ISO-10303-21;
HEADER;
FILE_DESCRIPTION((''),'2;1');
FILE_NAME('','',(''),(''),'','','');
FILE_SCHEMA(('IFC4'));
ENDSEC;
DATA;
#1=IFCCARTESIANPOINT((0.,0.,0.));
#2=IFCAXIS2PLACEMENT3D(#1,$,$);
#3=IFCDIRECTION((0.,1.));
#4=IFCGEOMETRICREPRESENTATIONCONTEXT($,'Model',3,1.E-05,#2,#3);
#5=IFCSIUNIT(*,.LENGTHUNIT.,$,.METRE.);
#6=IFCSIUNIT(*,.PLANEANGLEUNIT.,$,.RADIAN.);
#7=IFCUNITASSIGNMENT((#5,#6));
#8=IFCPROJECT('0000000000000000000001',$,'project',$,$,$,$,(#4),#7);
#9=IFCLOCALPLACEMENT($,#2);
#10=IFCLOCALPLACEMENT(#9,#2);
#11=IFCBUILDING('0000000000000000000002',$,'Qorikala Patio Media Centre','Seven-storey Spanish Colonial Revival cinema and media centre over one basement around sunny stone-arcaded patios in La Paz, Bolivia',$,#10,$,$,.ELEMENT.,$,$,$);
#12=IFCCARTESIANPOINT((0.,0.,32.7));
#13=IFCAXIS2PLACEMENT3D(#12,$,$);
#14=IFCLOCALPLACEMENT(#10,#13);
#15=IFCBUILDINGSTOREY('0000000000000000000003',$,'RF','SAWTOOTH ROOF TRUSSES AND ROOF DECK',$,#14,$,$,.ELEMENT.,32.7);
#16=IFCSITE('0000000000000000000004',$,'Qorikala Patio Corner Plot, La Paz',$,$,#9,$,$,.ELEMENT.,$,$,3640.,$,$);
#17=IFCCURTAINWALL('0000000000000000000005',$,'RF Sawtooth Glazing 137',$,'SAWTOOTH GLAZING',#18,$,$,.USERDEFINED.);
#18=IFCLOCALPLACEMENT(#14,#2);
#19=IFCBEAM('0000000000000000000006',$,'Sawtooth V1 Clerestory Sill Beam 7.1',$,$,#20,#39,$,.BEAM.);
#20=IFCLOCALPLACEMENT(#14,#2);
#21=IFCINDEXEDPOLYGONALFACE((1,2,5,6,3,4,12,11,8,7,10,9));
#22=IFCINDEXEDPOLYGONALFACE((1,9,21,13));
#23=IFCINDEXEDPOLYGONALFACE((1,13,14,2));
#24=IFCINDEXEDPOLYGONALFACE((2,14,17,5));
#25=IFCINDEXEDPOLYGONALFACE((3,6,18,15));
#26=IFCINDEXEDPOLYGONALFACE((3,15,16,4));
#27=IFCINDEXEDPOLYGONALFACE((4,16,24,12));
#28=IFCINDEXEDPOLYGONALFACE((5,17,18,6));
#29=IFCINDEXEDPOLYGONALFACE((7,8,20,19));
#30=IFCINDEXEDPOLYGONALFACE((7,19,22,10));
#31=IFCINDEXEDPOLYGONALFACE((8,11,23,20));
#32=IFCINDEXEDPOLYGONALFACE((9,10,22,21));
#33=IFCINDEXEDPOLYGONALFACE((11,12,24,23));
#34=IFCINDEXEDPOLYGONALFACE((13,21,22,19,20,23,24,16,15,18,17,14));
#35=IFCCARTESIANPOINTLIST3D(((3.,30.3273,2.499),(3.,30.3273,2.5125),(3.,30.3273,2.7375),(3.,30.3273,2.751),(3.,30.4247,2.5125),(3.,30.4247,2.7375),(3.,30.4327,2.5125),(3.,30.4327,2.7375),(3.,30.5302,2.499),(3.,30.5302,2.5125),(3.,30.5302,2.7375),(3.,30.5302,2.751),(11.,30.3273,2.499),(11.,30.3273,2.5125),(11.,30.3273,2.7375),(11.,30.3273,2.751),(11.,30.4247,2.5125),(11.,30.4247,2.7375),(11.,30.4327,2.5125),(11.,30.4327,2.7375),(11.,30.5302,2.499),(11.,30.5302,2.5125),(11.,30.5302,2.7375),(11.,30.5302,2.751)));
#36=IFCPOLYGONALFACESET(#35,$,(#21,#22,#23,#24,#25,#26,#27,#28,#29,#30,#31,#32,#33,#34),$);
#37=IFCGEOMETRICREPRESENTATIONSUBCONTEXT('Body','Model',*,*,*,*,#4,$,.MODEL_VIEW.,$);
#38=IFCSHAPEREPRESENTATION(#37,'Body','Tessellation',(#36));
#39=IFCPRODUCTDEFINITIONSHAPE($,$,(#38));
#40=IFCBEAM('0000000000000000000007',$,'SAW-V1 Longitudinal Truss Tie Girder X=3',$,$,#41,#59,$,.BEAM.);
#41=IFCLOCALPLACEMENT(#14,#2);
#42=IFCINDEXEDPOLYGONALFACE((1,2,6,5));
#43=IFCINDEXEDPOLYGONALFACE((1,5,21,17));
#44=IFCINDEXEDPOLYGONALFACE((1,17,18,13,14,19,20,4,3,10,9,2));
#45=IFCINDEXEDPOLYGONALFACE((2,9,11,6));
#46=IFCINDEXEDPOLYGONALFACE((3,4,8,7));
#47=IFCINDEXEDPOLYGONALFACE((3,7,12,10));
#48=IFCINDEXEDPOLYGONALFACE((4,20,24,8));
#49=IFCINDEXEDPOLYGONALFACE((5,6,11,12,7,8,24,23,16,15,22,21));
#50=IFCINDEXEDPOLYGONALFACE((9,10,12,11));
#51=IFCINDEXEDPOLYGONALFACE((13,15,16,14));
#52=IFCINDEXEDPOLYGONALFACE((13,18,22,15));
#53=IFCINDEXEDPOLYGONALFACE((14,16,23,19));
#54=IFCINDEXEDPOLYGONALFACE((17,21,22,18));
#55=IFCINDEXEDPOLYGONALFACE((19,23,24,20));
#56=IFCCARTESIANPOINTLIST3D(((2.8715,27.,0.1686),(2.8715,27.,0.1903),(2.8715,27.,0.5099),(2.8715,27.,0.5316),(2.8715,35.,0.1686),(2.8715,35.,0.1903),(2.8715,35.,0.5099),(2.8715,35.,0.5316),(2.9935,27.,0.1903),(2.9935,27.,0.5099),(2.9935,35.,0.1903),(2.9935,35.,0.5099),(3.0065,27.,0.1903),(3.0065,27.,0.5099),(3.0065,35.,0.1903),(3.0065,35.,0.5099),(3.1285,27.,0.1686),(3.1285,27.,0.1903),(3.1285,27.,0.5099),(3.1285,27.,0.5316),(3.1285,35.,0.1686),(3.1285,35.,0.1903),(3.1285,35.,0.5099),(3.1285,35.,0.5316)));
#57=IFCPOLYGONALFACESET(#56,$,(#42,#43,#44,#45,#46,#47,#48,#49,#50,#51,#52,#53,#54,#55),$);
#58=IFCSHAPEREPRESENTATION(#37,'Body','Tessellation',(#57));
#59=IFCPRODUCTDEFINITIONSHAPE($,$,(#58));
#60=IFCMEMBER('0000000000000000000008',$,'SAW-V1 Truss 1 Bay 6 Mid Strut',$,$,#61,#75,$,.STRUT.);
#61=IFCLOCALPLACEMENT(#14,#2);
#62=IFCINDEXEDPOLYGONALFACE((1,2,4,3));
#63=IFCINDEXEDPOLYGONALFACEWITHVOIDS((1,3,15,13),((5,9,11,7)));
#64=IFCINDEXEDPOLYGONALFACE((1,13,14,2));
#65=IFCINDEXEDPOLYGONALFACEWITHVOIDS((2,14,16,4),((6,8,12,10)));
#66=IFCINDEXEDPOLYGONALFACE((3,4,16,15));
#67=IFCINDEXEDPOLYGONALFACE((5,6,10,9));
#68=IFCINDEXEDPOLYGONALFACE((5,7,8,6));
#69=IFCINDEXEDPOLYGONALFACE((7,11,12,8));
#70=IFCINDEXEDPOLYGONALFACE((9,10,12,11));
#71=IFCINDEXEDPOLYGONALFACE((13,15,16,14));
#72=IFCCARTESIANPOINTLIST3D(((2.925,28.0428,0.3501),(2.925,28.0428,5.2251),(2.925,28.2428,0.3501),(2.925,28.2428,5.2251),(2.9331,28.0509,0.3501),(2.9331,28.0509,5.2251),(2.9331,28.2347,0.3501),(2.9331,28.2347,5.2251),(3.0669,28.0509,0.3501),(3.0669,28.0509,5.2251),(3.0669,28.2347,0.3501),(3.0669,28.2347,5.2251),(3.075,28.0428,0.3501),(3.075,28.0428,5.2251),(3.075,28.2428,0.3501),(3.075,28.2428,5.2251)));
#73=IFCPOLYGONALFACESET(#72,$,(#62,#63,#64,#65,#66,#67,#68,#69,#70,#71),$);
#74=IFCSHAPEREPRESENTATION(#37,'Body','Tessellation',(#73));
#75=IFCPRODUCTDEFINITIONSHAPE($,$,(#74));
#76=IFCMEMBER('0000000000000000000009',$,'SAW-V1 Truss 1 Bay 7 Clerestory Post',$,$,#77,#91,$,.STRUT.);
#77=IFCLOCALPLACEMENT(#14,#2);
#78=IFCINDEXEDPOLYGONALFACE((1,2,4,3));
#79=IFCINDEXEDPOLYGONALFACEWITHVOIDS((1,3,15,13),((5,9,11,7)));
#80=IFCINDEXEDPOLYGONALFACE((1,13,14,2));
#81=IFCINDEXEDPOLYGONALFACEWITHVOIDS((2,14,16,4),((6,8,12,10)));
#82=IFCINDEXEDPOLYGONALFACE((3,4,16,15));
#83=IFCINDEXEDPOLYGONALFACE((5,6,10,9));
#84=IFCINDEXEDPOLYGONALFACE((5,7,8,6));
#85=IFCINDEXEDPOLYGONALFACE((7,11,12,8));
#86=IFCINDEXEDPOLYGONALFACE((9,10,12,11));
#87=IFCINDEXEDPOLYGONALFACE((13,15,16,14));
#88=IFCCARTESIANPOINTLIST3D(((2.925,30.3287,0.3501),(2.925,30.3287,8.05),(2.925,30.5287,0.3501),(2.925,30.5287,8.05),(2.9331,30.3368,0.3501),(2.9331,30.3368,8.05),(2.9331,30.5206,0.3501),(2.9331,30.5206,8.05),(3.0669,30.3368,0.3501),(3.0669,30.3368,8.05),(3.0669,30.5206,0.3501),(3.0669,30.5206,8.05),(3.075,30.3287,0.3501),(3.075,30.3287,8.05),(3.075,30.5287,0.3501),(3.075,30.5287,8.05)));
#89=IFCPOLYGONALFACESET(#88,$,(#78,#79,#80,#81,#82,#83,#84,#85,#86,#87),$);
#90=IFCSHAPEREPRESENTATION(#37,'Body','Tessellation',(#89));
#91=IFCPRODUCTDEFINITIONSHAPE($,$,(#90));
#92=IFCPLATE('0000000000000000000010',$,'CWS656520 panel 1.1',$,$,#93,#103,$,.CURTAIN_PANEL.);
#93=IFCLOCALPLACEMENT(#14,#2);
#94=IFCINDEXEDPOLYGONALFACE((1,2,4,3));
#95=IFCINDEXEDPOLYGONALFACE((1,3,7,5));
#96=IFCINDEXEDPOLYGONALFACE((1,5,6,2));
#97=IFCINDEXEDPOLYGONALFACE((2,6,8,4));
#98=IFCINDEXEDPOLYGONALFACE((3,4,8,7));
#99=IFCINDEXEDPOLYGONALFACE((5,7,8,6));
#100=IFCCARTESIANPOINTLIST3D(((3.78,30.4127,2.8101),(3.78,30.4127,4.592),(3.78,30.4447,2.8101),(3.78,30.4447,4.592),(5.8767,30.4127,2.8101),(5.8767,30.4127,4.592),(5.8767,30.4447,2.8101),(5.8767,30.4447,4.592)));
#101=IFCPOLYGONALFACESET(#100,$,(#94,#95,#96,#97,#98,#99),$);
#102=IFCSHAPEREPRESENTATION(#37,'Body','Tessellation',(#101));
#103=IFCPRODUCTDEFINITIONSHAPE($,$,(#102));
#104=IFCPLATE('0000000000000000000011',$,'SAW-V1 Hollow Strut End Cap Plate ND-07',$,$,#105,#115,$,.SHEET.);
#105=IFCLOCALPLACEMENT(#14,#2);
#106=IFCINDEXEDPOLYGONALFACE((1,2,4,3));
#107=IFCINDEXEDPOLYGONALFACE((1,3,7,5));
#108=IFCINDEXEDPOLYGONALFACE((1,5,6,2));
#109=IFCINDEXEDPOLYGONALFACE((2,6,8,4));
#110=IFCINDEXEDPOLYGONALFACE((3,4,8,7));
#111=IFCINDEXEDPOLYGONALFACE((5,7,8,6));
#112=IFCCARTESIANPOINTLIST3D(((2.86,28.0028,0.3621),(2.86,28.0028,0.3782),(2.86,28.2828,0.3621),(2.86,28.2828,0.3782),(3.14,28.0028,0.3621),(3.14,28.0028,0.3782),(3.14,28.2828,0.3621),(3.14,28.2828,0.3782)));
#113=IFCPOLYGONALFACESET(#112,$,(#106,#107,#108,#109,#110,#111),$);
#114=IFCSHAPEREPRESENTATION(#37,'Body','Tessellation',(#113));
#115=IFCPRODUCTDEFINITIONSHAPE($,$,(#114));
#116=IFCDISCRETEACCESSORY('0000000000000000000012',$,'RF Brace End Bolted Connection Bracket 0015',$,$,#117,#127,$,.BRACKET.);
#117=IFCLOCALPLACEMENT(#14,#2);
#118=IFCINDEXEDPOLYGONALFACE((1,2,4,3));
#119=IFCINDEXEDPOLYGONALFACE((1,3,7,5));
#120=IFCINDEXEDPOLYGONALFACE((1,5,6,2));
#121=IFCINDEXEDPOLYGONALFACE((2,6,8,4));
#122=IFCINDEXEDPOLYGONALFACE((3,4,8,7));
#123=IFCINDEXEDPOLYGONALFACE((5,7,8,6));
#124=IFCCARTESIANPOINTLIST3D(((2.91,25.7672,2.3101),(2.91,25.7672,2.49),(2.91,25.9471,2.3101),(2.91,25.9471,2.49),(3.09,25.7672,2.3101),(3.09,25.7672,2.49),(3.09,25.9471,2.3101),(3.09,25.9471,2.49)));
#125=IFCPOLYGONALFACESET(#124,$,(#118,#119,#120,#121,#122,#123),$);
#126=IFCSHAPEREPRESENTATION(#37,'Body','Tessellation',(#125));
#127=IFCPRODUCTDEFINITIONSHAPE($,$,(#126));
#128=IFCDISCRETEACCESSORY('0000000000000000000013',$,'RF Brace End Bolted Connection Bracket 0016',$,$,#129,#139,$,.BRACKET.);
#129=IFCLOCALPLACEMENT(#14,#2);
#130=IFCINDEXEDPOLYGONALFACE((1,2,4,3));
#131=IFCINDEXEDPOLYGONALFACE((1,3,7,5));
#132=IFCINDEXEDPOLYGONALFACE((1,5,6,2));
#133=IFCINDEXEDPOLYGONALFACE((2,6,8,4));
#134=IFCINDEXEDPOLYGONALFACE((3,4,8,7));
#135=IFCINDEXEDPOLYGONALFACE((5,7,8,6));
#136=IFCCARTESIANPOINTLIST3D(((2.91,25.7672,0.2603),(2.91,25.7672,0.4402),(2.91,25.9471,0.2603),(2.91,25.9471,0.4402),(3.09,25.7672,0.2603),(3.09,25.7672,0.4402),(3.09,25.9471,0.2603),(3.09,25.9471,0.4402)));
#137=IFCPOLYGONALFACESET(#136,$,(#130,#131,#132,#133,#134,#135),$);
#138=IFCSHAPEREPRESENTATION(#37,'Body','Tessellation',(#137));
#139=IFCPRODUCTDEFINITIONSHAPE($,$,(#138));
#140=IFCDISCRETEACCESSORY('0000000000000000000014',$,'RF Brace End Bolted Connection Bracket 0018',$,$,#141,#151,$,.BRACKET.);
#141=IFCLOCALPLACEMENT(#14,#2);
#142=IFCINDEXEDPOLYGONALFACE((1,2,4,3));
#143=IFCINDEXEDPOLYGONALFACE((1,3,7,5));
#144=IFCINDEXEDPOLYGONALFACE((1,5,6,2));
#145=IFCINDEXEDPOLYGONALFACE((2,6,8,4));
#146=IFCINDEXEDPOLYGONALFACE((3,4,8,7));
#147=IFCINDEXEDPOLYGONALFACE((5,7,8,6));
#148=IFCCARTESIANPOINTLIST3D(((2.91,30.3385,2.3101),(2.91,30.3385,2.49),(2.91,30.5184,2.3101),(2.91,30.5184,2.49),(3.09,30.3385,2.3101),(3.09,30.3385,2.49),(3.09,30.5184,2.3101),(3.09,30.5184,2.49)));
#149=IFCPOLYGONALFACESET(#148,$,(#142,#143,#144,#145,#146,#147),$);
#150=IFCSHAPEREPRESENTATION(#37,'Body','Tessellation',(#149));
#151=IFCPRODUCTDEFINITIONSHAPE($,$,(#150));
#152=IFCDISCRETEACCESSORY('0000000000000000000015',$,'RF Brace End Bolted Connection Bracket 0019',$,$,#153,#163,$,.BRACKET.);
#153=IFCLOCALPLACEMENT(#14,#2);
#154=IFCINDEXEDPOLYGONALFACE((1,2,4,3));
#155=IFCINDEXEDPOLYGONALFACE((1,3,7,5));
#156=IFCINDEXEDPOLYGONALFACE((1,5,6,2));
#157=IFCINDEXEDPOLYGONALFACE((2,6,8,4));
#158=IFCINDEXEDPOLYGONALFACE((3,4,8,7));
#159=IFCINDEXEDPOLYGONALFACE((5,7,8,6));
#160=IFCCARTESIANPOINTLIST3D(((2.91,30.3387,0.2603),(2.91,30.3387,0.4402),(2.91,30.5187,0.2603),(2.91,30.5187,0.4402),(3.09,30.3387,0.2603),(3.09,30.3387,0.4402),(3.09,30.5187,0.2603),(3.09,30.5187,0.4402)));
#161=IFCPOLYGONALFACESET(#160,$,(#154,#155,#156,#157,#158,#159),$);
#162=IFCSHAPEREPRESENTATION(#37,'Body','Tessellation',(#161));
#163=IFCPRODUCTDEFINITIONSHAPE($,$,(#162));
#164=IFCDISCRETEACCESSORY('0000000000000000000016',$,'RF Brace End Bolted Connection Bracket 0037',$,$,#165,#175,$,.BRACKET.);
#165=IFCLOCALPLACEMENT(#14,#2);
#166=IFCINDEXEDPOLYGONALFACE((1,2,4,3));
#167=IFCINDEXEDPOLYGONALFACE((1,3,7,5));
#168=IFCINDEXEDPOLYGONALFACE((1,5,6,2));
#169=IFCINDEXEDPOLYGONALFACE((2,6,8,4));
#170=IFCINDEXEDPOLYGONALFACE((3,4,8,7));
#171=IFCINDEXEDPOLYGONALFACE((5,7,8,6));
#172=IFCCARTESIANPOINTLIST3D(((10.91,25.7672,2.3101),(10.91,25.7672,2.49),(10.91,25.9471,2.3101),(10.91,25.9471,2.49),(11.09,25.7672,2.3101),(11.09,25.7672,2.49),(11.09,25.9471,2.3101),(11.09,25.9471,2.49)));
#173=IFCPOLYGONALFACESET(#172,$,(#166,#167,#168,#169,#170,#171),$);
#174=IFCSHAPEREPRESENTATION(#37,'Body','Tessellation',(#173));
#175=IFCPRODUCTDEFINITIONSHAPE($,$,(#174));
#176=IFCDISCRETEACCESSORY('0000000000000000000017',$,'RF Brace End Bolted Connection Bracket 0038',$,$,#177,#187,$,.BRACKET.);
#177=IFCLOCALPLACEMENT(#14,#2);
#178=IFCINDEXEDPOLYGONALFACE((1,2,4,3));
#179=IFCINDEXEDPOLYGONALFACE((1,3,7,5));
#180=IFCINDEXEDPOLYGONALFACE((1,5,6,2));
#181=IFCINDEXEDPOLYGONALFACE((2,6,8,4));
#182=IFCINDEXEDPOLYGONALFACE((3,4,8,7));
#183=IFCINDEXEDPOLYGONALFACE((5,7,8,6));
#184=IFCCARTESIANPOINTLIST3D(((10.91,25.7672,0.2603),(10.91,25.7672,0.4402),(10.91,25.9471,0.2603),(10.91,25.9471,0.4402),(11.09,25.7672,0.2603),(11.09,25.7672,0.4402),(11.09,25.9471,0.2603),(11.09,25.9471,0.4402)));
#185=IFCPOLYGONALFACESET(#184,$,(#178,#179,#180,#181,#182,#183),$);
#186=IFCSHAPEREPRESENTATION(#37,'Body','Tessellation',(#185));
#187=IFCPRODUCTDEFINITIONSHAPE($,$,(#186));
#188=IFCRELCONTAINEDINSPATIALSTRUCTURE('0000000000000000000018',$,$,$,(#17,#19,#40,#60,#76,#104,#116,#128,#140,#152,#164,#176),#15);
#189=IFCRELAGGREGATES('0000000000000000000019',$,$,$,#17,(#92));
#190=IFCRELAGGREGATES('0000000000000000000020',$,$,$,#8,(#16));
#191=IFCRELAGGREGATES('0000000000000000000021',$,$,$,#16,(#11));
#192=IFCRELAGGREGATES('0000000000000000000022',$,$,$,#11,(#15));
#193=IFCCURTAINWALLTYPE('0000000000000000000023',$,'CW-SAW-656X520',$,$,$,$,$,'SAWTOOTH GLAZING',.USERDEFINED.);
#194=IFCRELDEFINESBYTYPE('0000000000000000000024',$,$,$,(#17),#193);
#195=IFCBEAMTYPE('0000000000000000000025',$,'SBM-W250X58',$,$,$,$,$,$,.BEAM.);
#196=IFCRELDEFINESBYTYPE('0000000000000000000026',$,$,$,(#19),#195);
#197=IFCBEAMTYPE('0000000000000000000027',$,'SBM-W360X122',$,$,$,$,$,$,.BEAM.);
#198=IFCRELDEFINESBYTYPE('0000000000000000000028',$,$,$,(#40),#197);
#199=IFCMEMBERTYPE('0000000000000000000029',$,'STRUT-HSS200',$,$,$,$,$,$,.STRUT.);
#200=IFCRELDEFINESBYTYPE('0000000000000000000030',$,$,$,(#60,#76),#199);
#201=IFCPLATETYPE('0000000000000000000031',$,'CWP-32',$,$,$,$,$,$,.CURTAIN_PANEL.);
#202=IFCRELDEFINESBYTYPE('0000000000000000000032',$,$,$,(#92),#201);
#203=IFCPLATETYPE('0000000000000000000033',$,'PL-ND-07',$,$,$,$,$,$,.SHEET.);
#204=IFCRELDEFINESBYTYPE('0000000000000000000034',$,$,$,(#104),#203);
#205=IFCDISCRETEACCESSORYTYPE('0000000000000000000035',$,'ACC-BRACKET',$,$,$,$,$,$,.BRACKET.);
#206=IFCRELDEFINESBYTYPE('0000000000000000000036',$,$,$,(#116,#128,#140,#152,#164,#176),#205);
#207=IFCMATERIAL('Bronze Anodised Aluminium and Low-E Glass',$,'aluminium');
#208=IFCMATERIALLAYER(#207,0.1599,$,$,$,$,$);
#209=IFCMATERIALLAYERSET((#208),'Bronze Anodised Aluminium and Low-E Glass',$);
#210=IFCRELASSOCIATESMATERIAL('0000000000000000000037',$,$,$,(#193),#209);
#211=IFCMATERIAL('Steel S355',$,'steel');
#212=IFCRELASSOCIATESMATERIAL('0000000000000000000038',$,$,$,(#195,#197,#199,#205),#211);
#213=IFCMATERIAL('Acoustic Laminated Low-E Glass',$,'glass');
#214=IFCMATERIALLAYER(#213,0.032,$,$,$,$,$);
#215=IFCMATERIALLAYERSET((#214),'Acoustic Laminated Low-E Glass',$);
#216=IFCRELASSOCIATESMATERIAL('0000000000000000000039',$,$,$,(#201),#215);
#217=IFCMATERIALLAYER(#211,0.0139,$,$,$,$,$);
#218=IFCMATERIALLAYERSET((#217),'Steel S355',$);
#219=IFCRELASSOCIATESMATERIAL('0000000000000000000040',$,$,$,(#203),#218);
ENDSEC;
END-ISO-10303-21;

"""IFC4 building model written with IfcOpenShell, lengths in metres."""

from ifc_helpers import new_model, si_unit, direction, frame, origin, origin_2d, place, context, subcontext, project, spatial, rectangle, hollow_rectangle, i_section, extrude, material, layer, layer_set, material_profile, profile_set, type_object, element, aggregate, save


model = new_model("IFC4")

# Units and contexts
model_context = context("Model", 3, precision=1e-05, world=origin(), true_north=direction((0.0, 1.0)))
body_context = subcontext(model_context, "Body", "Model", "MODEL_VIEW")
ifc_project = project(units=[si_unit("LENGTHUNIT", "METRE"), si_unit("PLANEANGLEUNIT", "RADIAN")], contexts=[model_context])

# Site, building, storey
site_placement = place(None, origin())
site = spatial("IfcSite", under=ifc_project, at=site_placement, Name="Qorikala Patio Corner Plot, La Paz", CompositionType="ELEMENT", RefElevation=3640.0)
building_placement = place(site_placement, origin())
building = spatial("IfcBuilding", under=site, at=building_placement, Name="Qorikala Patio Media Centre", Description="Seven-storey Spanish Colonial Revival cinema and media centre over one basement around sunny stone-arcaded patios in La Paz, Bolivia", CompositionType="ELEMENT")
storey_placement = place(building_placement, frame((0.0, 0.0, 32.7)))
storey = spatial("IfcBuildingStorey", under=building, at=storey_placement, Name="RF", Description="SAWTOOTH ROOF TRUSSES AND ROOF DECK", CompositionType="ELEMENT", Elevation=32.7)

# Shared definitions
ifc_material_1 = material(Name="Steel S355", Category="steel")

# Curtain wall
ifc_material_2 = material(Name="Bronze Anodised Aluminium and Low-E Glass", Category="aluminium")
ifc_layer_1 = layer(ifc_material_2, 0.1599)
ifc_layer_set_1 = layer_set([ifc_layer_1], Name="Bronze Anodised Aluminium and Low-E Glass")
curtain_wall_type = type_object("IfcCurtainWallType", Name="CW-SAW-656X520", ElementType="SAWTOOTH GLAZING", PredefinedType="USERDEFINED", material=ifc_layer_set_1)
curtain_wall_placement = place(storey_placement, origin())
curtain_wall = element("IfcCurtainWall", 1, at=curtain_wall_placement, inside=storey, type_object=curtain_wall_type, Name="RF Sawtooth Glazing 137", ObjectType="SAWTOOTH GLAZING", PredefinedType="USERDEFINED")

# Beams
ifc_material_profile_1 = material_profile(ifc_material_1, i_section(OverallWidth=0.2029, OverallDepth=0.252, WebThickness=0.0081, FlangeThickness=0.0134, at=origin_2d()), Name="W250X58")
ifc_profile_set_1 = profile_set([ifc_material_profile_1], Name="Steel S355")
beam_type_1 = type_object("IfcBeamType", Name="SBM-W250X58", PredefinedType="BEAM", material=ifc_profile_set_1)
beam_1_placement = place(storey_placement, frame((3.0, 30.4287, 2.625), z_axis=(1.0, 0.0, 0.0), x_axis=(0.0, 1.0, 0.0)))
element("IfcBeam", 2, at=beam_1_placement, inside=storey, type_object=beam_type_1, Name="Sawtooth V1 Clerestory Sill Beam 7.1", PredefinedType="BEAM", context=body_context, shape_type="SweptSolid", body=[
    extrude(i_section(OverallWidth=0.2029, OverallDepth=0.252, WebThickness=0.0081, FlangeThickness=0.0134, at=origin_2d()), origin(), (0.0, 0.0, 1.0), 8.0),
])
ifc_material_profile_2 = material_profile(ifc_material_1, i_section(OverallWidth=0.2571, OverallDepth=0.363, WebThickness=0.0129, FlangeThickness=0.0217, at=origin_2d()), Name="W360X122")
ifc_profile_set_2 = profile_set([ifc_material_profile_2], Name="Steel S355")
beam_type_2 = type_object("IfcBeamType", Name="SBM-W360X122", PredefinedType="BEAM", material=ifc_profile_set_2)
beam_2_placement = place(storey_placement, frame((3.0, 27.0, 0.3501), z_axis=(0.0, 1.0, 0.0), x_axis=(-1.0, 0.0, 0.0)))
element("IfcBeam", 3, at=beam_2_placement, inside=storey, type_object=beam_type_2, Name="SAW-V1 Longitudinal Truss Tie Girder X=3", PredefinedType="BEAM", context=body_context, shape_type="SweptSolid", body=[
    extrude(i_section(OverallWidth=0.2571, OverallDepth=0.363, WebThickness=0.0129, FlangeThickness=0.0217, at=origin_2d()), origin(), (0.0, 0.0, 1.0), 8.0),
])

# Members
ifc_material_profile_3 = material_profile(ifc_material_1, hollow_rectangle(XDim=0.1499, YDim=0.2, WallThickness=0.0081, at=origin_2d()), Name="HSS200X150X8")
ifc_profile_set_3 = profile_set([ifc_material_profile_3], Name="Steel S355")
member_type_1 = type_object("IfcMemberType", Name="STRUT-HSS200", PredefinedType="STRUT", material=ifc_profile_set_3)
member_1_placement = place(storey_placement, frame((3.0, 28.1428, 0.3501), z_axis=(0.0, 0.0, 1.0), x_axis=(1.0, 0.0, 0.0)))
element("IfcMember", 4, at=member_1_placement, inside=storey, type_object=member_type_1, Name="SAW-V1 Truss 1 Bay 6 Mid Strut", PredefinedType="STRUT", context=body_context, shape_type="SweptSolid", body=[
    extrude(hollow_rectangle(XDim=0.1499, YDim=0.2, WallThickness=0.0081, at=origin_2d()), origin(), (0.0, 0.0, 1.0), 4.875),
])
member_2_placement = place(storey_placement, frame((3.0, 30.4287, 0.3501), z_axis=(0.0, 0.0, 1.0), x_axis=(1.0, 0.0, 0.0)))
element("IfcMember", 5, at=member_2_placement, inside=storey, type_object=member_type_1, Name="SAW-V1 Truss 1 Bay 7 Clerestory Post", PredefinedType="STRUT", context=body_context, shape_type="SweptSolid", body=[
    extrude(hollow_rectangle(XDim=0.1499, YDim=0.2, WallThickness=0.0081, at=origin_2d()), origin(), (0.0, 0.0, 1.0), 7.7),
])

# Plates
ifc_material_3 = material(Name="Acoustic Laminated Low-E Glass", Category="glass")
ifc_layer_2 = layer(ifc_material_3, 0.032)
ifc_layer_set_2 = layer_set([ifc_layer_2], Name="Acoustic Laminated Low-E Glass")
plate_type_1 = type_object("IfcPlateType", Name="CWP-32", PredefinedType="CURTAIN_PANEL", material=ifc_layer_set_2)
plate_1_placement = place(storey_placement, frame((4.8284, 30.4287, 2.8101), z_axis=(0.0, 0.0, 1.0), x_axis=(1.0, 0.0, 0.0)))
plate_1 = element("IfcPlate", 6, at=plate_1_placement, type_object=plate_type_1, Name="CWS656520 panel 1.1", PredefinedType="CURTAIN_PANEL", context=body_context, shape_type="SweptSolid", body=[
    extrude(rectangle(XDim=2.0967, YDim=0.032, at=origin_2d()), origin(), (0.0, 0.0, 1.0), 1.782),
])
aggregate(curtain_wall, [plate_1])
ifc_layer_3 = layer(ifc_material_1, 0.0139)
ifc_layer_set_3 = layer_set([ifc_layer_3], Name="Steel S355")
plate_type_2 = type_object("IfcPlateType", Name="PL-ND-07", PredefinedType="SHEET", material=ifc_layer_set_3)
plate_2_placement = place(storey_placement, frame((3.0, 28.1428, 0.3621), z_axis=(0.0, 0.0, 1.0), x_axis=(1.0, 0.0, 0.0)))
element("IfcPlate", 7, at=plate_2_placement, inside=storey, type_object=plate_type_2, Name="SAW-V1 Hollow Strut End Cap Plate ND-07", PredefinedType="SHEET", context=body_context, shape_type="SweptSolid", body=[
    extrude(rectangle(XDim=0.28, YDim=0.28, at=origin_2d()), origin(), (0.0, 0.0, 1.0), 0.0161),
])

# Discrete accessories
discrete_accessory_type = type_object("IfcDiscreteAccessoryType", Name="ACC-BRACKET", PredefinedType="BRACKET", material=ifc_material_1)
for number, where, z_axis, x_axis, name in (
    (8, (3.0, 25.8572, 2.3101), (0.0, 0.0, 1.0), (1.0, 0.0, 0.0), "RF Brace End Bolted Connection Bracket 0015"),
    (9, (3.0, 25.8572, 0.2603), (0.0, 0.0, 1.0), (1.0, 0.0, 0.0), "RF Brace End Bolted Connection Bracket 0016"),
    (10, (3.0, 30.4285, 2.3101), (0.0, 0.0, 1.0), (1.0, 0.0, 0.0), "RF Brace End Bolted Connection Bracket 0018"),
    (11, (3.0, 30.4287, 0.2603), (0.0, 0.0, 1.0), (1.0, 0.0, 0.0), "RF Brace End Bolted Connection Bracket 0019"),
    (12, (11.0, 25.8572, 2.3101), (0.0, 0.0, 1.0), (1.0, 0.0, 0.0), "RF Brace End Bolted Connection Bracket 0037"),
    (13, (11.0, 25.8572, 0.2603), (0.0, 0.0, 1.0), (1.0, 0.0, 0.0), "RF Brace End Bolted Connection Bracket 0038"),
):
    element("IfcDiscreteAccessory", number, at=place(storey_placement, frame(where, z_axis=z_axis, x_axis=x_axis)), inside=storey, type_object=discrete_accessory_type, Name=name, PredefinedType="BRACKET", context=body_context, shape_type="SweptSolid", body=[
        extrude(rectangle(XDim=0.1799, YDim=0.1799, at=origin_2d()), origin(), (0.0, 0.0, 1.0), 0.1799),
    ])

save(model, "model.ifc")
